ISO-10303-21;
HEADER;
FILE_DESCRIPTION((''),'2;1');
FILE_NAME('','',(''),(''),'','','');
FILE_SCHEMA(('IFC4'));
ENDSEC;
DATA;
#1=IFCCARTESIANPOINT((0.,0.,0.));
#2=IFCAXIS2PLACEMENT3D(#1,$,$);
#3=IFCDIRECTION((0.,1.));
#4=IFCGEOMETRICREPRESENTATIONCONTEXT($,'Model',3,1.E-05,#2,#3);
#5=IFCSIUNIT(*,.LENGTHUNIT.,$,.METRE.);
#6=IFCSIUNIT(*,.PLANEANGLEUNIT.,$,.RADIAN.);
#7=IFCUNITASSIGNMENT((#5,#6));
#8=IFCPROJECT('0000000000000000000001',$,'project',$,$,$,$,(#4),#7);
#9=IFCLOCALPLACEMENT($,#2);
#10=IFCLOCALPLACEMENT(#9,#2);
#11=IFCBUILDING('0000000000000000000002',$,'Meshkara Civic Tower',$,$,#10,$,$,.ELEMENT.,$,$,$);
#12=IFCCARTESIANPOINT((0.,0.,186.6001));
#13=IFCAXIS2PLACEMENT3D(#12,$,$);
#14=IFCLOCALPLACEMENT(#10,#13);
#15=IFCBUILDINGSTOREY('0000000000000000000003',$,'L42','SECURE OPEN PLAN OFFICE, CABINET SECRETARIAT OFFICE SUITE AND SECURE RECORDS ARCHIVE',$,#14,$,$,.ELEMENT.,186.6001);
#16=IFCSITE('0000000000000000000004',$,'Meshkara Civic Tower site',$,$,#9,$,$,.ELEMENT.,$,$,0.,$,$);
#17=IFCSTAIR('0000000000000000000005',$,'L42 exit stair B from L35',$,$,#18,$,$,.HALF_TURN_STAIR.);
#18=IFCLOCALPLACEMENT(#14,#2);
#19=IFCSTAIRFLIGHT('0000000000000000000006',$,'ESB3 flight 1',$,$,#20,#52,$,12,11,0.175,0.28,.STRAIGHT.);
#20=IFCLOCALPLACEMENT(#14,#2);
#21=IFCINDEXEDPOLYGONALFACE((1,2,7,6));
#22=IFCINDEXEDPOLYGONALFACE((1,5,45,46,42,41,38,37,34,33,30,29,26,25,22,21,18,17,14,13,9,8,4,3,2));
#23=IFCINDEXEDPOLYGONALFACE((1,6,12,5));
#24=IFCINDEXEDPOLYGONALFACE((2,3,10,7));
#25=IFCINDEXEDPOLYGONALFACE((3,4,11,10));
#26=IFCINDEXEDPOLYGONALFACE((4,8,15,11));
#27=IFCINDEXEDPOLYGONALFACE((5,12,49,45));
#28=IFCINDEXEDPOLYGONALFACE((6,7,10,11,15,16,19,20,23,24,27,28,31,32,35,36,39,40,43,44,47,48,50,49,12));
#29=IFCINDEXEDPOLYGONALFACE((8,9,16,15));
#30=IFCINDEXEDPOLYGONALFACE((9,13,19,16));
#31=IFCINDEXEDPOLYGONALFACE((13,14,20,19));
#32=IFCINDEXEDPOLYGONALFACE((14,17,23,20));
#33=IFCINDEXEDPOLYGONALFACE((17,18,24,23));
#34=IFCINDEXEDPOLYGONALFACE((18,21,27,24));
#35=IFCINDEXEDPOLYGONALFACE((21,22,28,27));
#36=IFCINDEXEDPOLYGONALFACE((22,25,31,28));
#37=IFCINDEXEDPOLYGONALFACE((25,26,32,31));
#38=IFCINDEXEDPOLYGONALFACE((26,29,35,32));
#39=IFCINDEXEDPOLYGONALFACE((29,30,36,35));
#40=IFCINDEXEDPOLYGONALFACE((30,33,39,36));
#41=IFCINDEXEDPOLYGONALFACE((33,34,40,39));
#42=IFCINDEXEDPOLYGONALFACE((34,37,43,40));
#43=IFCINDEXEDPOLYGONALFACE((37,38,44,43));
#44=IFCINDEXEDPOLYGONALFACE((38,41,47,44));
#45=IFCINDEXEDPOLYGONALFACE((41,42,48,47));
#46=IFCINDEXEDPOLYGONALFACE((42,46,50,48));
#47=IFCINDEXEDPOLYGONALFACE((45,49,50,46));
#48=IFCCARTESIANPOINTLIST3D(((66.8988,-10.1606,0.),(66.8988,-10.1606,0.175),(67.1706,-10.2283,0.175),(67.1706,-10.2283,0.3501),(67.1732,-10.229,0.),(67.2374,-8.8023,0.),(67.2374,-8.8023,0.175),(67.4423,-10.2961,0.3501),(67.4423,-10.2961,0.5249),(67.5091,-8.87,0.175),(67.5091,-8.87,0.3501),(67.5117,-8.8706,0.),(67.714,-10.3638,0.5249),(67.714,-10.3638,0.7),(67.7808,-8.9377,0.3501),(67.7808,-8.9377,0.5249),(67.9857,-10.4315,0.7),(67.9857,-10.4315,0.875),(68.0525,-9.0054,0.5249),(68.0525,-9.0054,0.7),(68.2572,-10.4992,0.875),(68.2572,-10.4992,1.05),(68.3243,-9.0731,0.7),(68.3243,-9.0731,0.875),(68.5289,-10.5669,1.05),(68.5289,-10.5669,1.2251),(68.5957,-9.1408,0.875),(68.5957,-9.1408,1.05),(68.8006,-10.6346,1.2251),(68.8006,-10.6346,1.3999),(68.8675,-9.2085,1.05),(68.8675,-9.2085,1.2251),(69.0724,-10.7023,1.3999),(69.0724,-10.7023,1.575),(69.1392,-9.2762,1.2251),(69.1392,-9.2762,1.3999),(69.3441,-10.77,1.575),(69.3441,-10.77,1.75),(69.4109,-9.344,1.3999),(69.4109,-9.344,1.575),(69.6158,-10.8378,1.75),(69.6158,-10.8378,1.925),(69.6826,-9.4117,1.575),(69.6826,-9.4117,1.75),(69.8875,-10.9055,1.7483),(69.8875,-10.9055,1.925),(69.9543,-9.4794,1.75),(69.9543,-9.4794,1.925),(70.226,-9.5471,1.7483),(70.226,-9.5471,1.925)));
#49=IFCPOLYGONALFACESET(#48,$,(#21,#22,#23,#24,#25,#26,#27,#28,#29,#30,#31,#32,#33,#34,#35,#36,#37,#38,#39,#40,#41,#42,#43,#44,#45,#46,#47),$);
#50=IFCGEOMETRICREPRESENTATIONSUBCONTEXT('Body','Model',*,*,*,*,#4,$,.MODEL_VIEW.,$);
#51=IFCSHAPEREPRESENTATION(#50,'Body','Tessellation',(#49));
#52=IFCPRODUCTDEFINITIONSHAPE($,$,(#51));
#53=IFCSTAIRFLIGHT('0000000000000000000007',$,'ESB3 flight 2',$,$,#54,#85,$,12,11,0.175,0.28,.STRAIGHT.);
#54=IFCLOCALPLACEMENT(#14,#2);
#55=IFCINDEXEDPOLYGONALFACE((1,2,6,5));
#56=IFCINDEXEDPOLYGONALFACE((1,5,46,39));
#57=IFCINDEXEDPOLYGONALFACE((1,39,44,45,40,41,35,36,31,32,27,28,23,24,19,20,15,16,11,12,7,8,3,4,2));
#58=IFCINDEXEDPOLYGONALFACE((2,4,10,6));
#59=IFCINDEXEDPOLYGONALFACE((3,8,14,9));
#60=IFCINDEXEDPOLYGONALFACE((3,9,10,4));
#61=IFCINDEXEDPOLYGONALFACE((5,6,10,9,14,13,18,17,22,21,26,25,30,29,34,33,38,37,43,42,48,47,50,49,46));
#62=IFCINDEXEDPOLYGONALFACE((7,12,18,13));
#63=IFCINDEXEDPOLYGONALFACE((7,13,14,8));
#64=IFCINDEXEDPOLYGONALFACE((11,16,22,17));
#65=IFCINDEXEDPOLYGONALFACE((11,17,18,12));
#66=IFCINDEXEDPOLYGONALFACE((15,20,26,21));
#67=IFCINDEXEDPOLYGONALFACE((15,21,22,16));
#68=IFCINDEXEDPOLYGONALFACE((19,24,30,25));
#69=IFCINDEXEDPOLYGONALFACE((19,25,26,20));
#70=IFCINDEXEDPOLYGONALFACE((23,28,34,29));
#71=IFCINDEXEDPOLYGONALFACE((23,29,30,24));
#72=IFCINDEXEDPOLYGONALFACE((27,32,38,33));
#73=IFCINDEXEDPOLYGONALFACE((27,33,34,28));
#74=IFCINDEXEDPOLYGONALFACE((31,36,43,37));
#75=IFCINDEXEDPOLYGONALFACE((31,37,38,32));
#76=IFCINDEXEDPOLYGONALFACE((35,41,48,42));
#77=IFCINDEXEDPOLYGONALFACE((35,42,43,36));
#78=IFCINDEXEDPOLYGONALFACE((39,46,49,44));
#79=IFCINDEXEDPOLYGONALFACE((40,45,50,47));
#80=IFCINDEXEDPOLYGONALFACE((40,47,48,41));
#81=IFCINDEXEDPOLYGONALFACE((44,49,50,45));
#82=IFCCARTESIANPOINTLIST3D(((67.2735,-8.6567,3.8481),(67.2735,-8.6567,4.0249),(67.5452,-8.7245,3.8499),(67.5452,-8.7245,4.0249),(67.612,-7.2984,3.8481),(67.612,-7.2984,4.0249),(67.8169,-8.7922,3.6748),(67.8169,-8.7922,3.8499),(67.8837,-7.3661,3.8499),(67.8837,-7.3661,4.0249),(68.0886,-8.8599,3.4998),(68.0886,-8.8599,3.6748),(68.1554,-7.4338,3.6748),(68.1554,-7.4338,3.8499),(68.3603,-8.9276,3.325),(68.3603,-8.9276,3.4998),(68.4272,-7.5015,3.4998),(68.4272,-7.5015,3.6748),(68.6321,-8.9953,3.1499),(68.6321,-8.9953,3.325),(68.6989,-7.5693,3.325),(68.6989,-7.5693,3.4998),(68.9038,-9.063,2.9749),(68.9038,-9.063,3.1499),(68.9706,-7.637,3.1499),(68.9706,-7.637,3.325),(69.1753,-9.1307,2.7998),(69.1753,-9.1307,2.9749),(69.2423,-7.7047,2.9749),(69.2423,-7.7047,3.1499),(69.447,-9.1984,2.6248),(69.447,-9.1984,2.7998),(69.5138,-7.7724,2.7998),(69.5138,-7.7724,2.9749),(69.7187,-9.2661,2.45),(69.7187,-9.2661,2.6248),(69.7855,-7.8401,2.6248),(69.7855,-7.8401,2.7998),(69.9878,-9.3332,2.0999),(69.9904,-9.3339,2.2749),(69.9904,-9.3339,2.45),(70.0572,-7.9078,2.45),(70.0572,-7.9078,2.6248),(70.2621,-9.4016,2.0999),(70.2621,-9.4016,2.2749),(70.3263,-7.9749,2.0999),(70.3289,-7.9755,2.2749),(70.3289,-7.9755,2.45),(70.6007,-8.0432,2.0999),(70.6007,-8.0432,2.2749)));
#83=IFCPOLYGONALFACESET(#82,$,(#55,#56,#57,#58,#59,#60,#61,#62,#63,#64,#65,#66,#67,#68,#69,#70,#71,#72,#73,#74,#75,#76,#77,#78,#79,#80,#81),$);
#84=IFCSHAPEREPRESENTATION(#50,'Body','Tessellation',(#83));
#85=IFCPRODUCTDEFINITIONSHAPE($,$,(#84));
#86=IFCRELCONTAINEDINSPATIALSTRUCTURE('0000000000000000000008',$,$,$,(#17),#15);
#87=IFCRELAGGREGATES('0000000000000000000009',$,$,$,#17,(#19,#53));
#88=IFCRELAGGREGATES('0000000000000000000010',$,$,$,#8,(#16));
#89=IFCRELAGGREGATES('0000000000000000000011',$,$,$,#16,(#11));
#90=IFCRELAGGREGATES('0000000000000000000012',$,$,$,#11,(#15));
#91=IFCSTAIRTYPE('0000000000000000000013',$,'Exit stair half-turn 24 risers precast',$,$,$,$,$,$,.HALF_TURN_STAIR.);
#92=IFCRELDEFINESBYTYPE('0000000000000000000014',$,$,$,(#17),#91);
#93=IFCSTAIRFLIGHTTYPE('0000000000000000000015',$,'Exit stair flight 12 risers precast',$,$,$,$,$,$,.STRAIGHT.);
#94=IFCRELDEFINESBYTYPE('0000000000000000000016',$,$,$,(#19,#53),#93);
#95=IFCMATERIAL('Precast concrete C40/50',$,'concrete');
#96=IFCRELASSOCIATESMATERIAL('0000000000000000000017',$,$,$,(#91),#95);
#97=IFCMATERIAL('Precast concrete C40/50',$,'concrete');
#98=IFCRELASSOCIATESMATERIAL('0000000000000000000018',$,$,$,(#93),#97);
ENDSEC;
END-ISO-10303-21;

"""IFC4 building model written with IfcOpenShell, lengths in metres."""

from ifc_helpers import new_model, si_unit, direction, frame, origin, place, context, subcontext, project, spatial, polyline, outline, extrude, material, type_object, element, aggregate, save


model = new_model("IFC4")

# Units and contexts
model_context = context("Model", 3, precision=1e-05, world=origin(), true_north=direction((0.0, 1.0)))
body_context = subcontext(model_context, "Body", "Model", "MODEL_VIEW")
ifc_project = project(units=[si_unit("LENGTHUNIT", "METRE"), si_unit("PLANEANGLEUNIT", "RADIAN")], contexts=[model_context])

# Site, building, storey
site_placement = place(None, origin())
site = spatial("IfcSite", under=ifc_project, at=site_placement, Name="Meshkara Civic Tower site", CompositionType="ELEMENT", RefElevation=0.0)
building_placement = place(site_placement, origin())
building = spatial("IfcBuilding", under=site, at=building_placement, Name="Meshkara Civic Tower", CompositionType="ELEMENT")
storey_placement = place(building_placement, frame((0.0, 0.0, 186.6001)))
storey = spatial("IfcBuildingStorey", under=building, at=storey_placement, Name="L42", Description="SECURE OPEN PLAN OFFICE, CABINET SECRETARIAT OFFICE SUITE AND SECURE RECORDS ARCHIVE", CompositionType="ELEMENT", Elevation=186.6001)

# Stair, stair flights
ifc_material_1 = material(Name="Precast concrete C40/50", Category="concrete")
stair_type = type_object("IfcStairType", Name="Exit stair half-turn 24 risers precast", PredefinedType="HALF_TURN_STAIR", material=ifc_material_1)
stair_placement = place(storey_placement, origin())
stair = element("IfcStair", 1, at=stair_placement, inside=storey, type_object=stair_type, Name="L42 exit stair B from L35", PredefinedType="HALF_TURN_STAIR")
ifc_material_2 = material(Name="Precast concrete C40/50", Category="concrete")
stair_flight_type = type_object("IfcStairFlightType", Name="Exit stair flight 12 risers precast", PredefinedType="STRAIGHT", material=ifc_material_2)
stair_flight_1_placement = place(storey_placement, frame((67.0681, -9.4814, 0.0), z_axis=(0.0, 0.0, 1.0), x_axis=(0.970319, -0.24183, 0.0)))
stair_flight_1 = element("IfcStairFlight", 2, at=stair_flight_1_placement, type_object=stair_flight_type, Name="ESB3 flight 1", NumberOfRisers=12, NumberOfTreads=11, PredefinedType="STRAIGHT", RiserHeight=0.175, TreadLength=0.28, context=body_context, shape_type="SweptSolid", body=[
    extrude(outline(polyline([(0.0, 0.0), (0.0, 0.175), (0.28, 0.175), (0.28, 0.3501), (0.5601, 0.3501), (0.5601, 0.5249), (0.8401, 0.5249), (0.8401, 0.7), (1.1201, 0.7), (1.1201, 0.875), (1.3999, 0.875), (1.3999, 1.05), (1.6799, 1.05), (1.6799, 1.2251), (1.96, 1.2251), (1.96, 1.3999), (2.24, 1.3999), (2.24, 1.575), (2.52, 1.575), (2.52, 1.75), (2.8, 1.75), (2.8, 1.925), (3.0801, 1.925), (3.0801, 2.1001), (3.0801, 1.7483), (0.2827, 0.0), (0.0, 0.0)])), frame((0.0, 0.7, 0.0), z_axis=(0.0, -1.0, 0.0), x_axis=(1.0, 0.0, 0.0)), (0.0, 0.0, 1.0), 1.3999),
])
stair_flight_2_placement = place(storey_placement, frame((70.4314, -8.7224, 2.0999), z_axis=(0.0, 0.0, 1.0), x_axis=(-0.970319, 0.24183, 0.0)))
stair_flight_2 = element("IfcStairFlight", 3, at=stair_flight_2_placement, type_object=stair_flight_type, Name="ESB3 flight 2", NumberOfRisers=12, NumberOfTreads=11, PredefinedType="STRAIGHT", RiserHeight=0.175, TreadLength=0.28, context=body_context, shape_type="SweptSolid", body=[
    extrude(outline(polyline([(0.0, 0.0), (0.0, 0.175), (0.28, 0.175), (0.28, 0.3501), (0.5601, 0.3501), (0.5601, 0.5249), (0.8401, 0.5249), (0.8401, 0.7), (1.1201, 0.7), (1.1201, 0.875), (1.3999, 0.875), (1.3999, 1.05), (1.6799, 1.05), (1.6799, 1.2251), (1.96, 1.2251), (1.96, 1.3999), (2.24, 1.3999), (2.24, 1.575), (2.52, 1.575), (2.52, 1.75), (2.8, 1.75), (2.8, 1.925), (3.0801, 1.925), (3.0801, 2.1001), (3.0801, 1.7483), (0.2827, 0.0), (0.0, 0.0)])), frame((0.0, 0.7, 0.0), z_axis=(0.0, -1.0, 0.0), x_axis=(1.0, 0.0, 0.0)), (0.0, 0.0, 1.0), 1.3999),
])
aggregate(stair, [stair_flight_1, stair_flight_2])

save(model, "model.ifc")
